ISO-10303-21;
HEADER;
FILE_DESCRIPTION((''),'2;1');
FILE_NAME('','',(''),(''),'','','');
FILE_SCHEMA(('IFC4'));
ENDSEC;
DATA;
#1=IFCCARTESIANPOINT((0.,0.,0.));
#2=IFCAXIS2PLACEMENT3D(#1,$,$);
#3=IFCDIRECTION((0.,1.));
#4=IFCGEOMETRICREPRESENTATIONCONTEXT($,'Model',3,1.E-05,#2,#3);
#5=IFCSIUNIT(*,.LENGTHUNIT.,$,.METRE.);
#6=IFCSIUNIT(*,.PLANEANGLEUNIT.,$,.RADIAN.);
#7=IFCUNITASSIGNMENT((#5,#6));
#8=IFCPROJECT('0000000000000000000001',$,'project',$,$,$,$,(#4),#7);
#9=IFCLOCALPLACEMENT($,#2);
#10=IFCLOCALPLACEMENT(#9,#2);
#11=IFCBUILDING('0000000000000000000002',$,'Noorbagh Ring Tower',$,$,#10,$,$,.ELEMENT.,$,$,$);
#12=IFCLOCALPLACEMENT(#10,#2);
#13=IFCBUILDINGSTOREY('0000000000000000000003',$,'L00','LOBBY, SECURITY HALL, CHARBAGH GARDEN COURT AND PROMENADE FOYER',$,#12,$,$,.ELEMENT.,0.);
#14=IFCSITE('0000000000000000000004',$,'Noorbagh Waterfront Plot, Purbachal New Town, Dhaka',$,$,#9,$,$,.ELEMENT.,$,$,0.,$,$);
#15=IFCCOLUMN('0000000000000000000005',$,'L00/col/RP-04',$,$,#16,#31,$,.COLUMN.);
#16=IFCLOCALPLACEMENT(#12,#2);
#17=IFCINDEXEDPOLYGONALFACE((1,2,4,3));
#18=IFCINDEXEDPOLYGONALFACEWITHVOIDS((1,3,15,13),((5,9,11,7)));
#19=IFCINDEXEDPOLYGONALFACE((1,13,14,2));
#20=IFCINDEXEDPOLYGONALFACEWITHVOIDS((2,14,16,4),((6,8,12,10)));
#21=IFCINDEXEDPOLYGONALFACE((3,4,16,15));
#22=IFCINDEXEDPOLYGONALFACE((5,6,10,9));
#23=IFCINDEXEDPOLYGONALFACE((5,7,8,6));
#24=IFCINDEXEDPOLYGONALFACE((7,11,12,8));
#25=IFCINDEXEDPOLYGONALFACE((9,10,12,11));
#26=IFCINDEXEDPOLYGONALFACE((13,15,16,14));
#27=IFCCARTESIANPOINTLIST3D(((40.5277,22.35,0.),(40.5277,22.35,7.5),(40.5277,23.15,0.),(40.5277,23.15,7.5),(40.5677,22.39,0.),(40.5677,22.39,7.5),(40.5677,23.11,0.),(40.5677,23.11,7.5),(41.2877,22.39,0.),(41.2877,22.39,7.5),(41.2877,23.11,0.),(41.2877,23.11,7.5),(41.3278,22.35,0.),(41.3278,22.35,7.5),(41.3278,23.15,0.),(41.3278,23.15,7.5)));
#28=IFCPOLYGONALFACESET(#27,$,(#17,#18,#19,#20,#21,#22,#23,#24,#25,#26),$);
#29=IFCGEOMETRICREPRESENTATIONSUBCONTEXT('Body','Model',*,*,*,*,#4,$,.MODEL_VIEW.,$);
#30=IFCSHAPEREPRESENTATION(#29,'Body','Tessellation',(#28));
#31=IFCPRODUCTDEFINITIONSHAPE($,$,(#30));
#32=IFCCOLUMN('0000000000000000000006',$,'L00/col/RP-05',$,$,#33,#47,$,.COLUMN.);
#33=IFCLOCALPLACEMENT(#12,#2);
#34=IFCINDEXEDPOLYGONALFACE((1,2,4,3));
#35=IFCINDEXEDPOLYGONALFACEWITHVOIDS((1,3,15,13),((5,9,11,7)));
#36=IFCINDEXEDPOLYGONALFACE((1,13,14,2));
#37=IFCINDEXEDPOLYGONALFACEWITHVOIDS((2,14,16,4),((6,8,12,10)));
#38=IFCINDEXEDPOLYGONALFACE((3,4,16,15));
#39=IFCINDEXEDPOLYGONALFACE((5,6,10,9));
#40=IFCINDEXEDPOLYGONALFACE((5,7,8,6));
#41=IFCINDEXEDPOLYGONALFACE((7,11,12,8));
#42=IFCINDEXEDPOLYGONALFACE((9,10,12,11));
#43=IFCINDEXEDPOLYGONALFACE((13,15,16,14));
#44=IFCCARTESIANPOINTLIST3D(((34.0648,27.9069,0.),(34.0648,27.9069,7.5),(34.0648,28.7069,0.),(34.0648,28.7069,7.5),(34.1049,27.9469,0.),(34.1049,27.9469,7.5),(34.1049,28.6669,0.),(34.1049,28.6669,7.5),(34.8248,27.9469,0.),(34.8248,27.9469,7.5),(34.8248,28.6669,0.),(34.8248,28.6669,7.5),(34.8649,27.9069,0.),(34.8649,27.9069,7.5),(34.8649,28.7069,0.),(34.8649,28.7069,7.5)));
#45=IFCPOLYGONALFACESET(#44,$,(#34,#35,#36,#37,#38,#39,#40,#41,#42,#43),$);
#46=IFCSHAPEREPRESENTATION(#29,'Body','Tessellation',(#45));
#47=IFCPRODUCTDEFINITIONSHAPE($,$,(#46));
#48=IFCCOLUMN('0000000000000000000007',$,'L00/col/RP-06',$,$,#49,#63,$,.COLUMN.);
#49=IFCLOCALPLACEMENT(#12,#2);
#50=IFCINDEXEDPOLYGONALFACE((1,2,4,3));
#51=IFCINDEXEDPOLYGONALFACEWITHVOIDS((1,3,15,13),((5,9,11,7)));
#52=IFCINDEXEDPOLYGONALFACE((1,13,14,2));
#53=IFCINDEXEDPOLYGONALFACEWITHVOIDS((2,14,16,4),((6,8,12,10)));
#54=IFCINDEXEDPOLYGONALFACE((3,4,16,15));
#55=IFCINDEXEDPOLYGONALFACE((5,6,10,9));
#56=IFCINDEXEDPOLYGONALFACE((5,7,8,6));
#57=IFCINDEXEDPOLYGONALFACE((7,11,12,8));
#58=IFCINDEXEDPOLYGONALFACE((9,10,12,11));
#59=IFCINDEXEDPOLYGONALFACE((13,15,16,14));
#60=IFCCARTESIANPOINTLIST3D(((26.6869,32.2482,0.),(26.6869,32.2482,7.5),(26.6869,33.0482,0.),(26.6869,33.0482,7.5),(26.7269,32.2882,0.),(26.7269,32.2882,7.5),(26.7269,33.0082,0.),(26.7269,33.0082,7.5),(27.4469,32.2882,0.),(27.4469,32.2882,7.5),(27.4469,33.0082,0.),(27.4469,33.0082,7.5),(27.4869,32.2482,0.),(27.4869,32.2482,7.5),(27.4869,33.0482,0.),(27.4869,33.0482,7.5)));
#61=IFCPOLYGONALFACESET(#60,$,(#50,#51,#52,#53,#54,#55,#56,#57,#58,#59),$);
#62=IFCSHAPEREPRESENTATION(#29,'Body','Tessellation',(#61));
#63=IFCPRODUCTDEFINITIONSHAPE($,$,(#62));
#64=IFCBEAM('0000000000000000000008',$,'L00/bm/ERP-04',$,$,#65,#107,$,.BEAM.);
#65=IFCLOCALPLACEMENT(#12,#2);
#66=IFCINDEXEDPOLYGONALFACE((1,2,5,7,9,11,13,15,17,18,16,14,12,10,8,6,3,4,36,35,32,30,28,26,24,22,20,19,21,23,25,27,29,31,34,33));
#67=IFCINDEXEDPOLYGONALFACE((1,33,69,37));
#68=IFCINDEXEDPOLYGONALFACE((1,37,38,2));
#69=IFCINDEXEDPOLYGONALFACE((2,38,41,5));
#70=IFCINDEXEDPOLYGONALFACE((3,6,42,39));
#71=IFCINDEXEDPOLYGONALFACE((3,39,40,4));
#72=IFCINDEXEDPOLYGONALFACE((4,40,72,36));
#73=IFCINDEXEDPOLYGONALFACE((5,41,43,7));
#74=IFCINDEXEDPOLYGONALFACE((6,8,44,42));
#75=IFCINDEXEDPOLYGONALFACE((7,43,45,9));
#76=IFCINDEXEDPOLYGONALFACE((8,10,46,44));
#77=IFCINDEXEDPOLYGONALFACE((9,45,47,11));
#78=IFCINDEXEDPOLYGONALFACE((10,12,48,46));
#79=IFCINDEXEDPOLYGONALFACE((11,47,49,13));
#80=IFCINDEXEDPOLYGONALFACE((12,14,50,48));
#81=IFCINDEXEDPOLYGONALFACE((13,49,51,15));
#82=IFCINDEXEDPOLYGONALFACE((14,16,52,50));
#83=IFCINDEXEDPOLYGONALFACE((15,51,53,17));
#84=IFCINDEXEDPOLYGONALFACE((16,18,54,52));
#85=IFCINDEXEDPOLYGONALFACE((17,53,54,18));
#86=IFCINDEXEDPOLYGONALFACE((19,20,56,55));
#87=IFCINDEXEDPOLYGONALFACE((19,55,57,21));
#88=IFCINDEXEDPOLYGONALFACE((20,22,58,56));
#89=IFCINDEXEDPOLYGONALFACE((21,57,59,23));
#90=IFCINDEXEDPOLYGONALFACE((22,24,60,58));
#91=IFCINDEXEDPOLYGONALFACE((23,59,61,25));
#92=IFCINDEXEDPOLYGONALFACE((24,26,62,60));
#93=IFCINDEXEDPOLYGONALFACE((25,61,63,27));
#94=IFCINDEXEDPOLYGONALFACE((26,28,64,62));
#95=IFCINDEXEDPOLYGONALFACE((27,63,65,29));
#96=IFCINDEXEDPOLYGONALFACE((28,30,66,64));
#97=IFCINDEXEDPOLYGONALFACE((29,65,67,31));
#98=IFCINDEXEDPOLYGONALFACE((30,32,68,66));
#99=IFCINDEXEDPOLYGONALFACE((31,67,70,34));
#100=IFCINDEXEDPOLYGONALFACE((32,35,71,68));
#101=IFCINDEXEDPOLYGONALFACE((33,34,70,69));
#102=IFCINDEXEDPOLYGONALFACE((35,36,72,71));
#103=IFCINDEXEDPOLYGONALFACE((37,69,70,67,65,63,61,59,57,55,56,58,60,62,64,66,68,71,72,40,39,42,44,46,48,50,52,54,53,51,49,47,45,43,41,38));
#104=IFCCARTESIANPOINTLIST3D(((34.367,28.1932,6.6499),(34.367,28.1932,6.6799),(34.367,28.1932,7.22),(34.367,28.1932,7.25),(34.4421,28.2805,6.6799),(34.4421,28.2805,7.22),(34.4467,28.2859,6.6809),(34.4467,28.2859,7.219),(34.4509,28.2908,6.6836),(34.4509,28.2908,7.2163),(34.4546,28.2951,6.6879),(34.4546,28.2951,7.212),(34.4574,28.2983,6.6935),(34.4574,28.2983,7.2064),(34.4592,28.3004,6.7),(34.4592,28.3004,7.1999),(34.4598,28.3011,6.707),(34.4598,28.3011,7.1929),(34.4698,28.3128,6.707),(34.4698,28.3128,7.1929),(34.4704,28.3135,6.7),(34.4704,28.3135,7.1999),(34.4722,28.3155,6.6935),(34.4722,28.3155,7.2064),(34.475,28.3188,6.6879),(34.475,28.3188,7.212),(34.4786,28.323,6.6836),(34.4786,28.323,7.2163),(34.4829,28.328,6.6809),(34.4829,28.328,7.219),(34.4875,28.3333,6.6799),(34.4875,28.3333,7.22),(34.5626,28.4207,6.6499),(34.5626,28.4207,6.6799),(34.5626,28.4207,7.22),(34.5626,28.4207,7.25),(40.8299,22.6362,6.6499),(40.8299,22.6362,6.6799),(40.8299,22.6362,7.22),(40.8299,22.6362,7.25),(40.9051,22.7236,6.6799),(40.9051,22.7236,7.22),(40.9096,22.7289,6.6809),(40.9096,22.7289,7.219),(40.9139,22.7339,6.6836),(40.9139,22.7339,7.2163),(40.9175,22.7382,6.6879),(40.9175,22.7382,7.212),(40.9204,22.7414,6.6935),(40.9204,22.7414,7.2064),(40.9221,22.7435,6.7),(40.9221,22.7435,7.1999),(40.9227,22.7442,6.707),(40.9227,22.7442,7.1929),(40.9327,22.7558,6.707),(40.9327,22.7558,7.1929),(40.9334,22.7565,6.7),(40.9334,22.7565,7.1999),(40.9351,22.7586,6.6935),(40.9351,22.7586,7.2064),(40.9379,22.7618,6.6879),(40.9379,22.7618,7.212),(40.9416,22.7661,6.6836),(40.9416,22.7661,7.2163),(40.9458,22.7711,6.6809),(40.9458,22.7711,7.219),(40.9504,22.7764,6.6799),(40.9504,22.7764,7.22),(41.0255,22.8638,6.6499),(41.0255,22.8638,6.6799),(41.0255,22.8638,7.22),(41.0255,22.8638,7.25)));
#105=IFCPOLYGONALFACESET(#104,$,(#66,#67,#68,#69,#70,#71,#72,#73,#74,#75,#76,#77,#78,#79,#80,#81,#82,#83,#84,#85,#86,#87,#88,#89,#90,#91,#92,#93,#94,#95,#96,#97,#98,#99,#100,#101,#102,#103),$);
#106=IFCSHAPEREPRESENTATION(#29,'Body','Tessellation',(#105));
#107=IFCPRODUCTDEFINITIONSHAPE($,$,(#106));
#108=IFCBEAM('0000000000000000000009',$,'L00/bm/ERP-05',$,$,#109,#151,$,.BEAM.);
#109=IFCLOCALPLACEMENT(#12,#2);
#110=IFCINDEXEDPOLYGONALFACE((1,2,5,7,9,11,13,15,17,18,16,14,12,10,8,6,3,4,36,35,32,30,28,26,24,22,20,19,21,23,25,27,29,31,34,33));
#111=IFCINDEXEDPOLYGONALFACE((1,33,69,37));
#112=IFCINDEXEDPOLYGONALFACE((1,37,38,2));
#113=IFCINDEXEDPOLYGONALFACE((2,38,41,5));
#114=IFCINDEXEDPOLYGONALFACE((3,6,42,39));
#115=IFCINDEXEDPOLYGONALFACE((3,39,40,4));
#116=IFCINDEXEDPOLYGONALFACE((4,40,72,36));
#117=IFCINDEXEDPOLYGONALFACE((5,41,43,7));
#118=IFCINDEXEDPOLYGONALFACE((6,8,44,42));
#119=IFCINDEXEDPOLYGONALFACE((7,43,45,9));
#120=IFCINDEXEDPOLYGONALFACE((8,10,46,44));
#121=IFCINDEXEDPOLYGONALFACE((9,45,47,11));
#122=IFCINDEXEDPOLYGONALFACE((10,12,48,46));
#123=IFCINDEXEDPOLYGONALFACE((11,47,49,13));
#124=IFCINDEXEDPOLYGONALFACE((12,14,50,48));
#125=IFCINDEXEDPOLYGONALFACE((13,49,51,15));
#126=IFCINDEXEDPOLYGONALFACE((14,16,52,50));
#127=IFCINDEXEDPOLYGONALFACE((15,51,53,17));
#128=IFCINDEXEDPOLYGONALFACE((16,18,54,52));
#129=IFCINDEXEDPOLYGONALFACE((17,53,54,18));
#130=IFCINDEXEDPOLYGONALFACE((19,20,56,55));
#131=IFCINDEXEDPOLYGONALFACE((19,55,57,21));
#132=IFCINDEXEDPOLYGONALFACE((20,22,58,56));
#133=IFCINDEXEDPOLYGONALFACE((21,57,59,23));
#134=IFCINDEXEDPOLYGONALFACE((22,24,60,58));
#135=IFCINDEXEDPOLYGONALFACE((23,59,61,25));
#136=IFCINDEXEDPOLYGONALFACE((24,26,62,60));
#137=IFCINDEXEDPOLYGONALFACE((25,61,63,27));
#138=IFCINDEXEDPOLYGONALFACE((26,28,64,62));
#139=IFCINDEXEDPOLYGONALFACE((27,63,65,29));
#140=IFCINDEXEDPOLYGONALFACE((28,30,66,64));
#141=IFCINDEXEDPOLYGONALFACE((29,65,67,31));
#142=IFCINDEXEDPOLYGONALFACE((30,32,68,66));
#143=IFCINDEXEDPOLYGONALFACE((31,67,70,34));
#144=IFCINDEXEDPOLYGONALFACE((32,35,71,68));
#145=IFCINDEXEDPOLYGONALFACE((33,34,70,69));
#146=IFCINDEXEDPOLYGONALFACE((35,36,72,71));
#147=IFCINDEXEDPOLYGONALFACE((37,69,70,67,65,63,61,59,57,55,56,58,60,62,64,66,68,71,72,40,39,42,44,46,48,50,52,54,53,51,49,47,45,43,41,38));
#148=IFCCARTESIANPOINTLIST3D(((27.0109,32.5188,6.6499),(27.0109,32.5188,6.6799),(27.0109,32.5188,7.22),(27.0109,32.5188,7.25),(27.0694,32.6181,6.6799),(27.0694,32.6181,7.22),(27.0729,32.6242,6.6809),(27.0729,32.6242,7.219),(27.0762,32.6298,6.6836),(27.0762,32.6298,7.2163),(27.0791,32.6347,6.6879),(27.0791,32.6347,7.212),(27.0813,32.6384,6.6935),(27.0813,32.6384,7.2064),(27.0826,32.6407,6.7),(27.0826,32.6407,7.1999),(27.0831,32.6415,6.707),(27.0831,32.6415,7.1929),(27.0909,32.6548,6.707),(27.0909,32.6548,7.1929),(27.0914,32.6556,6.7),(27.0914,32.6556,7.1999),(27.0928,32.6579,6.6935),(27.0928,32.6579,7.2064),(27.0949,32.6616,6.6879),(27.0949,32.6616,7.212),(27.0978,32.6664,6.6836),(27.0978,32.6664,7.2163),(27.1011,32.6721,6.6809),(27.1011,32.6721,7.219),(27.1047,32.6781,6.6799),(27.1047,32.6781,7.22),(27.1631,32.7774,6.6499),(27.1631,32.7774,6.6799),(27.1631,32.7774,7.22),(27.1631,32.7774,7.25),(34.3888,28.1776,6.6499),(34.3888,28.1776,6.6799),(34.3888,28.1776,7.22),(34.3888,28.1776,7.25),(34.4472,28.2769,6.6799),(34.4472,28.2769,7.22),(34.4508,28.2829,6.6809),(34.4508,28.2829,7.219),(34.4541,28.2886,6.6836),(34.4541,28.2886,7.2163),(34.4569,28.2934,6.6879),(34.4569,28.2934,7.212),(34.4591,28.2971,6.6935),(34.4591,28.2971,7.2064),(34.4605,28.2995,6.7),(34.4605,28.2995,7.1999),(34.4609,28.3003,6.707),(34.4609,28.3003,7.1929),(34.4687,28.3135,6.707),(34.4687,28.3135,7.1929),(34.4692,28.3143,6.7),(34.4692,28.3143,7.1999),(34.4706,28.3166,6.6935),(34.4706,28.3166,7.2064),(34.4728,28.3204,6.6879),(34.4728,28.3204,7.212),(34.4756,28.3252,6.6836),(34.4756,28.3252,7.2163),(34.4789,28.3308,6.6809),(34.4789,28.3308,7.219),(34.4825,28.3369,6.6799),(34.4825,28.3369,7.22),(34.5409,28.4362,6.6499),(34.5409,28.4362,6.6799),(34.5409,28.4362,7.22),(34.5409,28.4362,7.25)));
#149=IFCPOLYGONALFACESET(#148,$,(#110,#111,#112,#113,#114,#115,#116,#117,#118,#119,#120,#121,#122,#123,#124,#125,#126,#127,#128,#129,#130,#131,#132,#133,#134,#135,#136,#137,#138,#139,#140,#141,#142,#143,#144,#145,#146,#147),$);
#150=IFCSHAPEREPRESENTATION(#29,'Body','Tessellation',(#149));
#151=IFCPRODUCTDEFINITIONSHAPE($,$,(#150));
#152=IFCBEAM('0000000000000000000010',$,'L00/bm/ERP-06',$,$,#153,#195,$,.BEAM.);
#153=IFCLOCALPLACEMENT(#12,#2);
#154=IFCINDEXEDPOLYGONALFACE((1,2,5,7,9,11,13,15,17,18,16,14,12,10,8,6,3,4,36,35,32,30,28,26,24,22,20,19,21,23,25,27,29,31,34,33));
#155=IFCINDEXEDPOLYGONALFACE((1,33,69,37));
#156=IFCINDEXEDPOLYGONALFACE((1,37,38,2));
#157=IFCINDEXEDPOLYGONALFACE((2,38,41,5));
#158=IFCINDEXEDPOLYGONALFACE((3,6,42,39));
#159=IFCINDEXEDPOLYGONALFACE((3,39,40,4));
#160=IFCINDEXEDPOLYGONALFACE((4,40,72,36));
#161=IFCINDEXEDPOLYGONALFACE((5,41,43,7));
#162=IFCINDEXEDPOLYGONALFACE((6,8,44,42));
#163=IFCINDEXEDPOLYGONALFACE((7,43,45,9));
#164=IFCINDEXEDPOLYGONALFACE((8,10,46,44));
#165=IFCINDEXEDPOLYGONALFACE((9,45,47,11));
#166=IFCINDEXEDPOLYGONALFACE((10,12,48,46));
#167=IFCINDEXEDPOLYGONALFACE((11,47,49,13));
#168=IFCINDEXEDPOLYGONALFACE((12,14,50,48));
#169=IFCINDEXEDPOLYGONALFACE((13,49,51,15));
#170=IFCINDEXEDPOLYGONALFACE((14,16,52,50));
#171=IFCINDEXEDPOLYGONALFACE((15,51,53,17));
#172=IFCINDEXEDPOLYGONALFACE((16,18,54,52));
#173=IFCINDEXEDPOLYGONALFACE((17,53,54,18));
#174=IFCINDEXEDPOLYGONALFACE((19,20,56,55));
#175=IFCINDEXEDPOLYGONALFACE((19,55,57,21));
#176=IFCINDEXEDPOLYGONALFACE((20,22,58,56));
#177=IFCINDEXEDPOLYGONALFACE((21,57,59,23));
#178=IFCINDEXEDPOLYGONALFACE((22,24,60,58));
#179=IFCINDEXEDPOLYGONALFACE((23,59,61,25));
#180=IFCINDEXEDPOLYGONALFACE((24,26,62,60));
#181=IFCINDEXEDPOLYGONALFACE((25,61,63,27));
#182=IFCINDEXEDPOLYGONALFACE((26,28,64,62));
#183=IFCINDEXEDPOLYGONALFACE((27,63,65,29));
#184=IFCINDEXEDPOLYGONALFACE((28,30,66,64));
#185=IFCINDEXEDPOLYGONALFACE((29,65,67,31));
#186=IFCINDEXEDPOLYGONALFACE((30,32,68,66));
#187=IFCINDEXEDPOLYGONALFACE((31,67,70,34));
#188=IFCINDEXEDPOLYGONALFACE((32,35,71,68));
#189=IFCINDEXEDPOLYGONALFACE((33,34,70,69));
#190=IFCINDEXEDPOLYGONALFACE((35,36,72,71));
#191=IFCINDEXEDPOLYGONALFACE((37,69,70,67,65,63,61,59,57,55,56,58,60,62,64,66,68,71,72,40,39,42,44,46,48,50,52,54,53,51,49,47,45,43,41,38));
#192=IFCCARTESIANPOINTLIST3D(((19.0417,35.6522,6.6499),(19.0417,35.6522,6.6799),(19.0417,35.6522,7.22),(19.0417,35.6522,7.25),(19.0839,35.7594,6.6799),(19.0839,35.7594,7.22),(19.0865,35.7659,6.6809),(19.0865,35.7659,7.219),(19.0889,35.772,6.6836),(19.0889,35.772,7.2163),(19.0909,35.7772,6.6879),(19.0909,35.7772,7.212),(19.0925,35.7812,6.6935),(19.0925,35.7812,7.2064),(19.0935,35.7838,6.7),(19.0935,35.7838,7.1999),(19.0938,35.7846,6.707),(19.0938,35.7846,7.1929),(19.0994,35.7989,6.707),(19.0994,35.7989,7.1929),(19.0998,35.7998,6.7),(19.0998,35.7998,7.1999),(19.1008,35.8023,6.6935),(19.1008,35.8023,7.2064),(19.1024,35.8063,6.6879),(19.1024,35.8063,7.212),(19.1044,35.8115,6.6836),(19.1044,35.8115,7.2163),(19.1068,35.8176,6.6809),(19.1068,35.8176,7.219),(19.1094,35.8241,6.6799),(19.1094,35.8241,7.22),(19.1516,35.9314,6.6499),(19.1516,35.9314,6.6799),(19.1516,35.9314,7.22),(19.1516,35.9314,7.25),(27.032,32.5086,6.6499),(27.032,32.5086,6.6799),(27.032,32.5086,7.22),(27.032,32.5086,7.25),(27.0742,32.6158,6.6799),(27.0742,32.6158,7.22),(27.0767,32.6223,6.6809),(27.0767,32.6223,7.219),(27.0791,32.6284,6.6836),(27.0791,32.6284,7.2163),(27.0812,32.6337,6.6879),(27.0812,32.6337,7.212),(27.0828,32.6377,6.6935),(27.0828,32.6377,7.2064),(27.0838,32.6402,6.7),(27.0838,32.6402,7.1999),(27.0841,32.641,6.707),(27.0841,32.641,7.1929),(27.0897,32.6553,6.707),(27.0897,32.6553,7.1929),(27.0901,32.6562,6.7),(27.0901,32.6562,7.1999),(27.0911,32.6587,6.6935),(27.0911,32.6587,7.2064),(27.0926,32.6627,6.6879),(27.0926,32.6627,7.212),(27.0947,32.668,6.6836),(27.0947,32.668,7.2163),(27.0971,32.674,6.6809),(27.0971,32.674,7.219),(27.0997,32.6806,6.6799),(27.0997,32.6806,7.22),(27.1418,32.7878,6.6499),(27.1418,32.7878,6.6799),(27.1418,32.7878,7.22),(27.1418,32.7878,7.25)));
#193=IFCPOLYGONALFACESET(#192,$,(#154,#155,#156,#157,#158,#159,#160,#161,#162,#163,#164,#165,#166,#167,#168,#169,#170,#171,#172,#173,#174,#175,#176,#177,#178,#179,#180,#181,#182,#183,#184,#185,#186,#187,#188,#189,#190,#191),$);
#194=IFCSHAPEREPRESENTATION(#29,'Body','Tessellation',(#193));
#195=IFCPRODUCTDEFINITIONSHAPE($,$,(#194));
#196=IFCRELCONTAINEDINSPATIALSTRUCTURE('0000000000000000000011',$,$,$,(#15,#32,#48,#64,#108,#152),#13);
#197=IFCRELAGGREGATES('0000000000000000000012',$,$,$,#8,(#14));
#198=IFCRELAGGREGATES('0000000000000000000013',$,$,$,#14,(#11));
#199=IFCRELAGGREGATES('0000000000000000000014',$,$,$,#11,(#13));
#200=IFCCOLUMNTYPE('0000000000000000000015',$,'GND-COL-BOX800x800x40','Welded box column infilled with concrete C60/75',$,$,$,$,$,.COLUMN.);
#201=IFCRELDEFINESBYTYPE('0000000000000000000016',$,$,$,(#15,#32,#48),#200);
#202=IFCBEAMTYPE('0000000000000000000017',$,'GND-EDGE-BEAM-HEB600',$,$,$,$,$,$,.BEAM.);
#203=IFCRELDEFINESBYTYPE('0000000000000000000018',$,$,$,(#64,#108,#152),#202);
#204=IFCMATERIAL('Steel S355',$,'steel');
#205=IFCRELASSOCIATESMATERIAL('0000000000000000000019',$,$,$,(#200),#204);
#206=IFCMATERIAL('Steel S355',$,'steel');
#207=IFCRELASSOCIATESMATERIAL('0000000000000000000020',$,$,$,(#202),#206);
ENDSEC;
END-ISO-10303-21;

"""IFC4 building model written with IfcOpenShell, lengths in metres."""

from ifc_helpers import new_model, si_unit, direction, frame, origin, origin_2d, place, context, subcontext, project, spatial, hollow_rectangle, i_section, extrude, material, material_profile, profile_set, type_object, element, save


model = new_model("IFC4")

# Units and contexts
model_context = context("Model", 3, precision=1e-05, world=origin(), true_north=direction((0.0, 1.0)))
body_context = subcontext(model_context, "Body", "Model", "MODEL_VIEW")
ifc_project = project(units=[si_unit("LENGTHUNIT", "METRE"), si_unit("PLANEANGLEUNIT", "RADIAN")], contexts=[model_context])

# Site, building, storey
site_placement = place(None, origin())
site = spatial("IfcSite", under=ifc_project, at=site_placement, Name="Noorbagh Waterfront Plot, Purbachal New Town, Dhaka", CompositionType="ELEMENT", RefElevation=0.0)
building_placement = place(site_placement, origin())
building = spatial("IfcBuilding", under=site, at=building_placement, Name="Noorbagh Ring Tower", CompositionType="ELEMENT")
storey_placement = place(building_placement, origin())
storey = spatial("IfcBuildingStorey", under=building, at=storey_placement, Name="L00", Description="LOBBY, SECURITY HALL, CHARBAGH GARDEN COURT AND PROMENADE FOYER", CompositionType="ELEMENT", Elevation=0.0)

# Columns
ifc_material_1 = material(Name="Steel S355", Category="steel")
ifc_material_profile_1 = material_profile(ifc_material_1, hollow_rectangle(XDim=0.8, YDim=0.8, WallThickness=0.04, at=origin_2d()), Name="BOX800x800x40")
ifc_profile_set_1 = profile_set([ifc_material_profile_1], Name="Steel S355")
column_type = type_object("IfcColumnType", Name="GND-COL-BOX800x800x40", Description="Welded box column infilled with concrete C60/75", PredefinedType="COLUMN", material=ifc_profile_set_1)
for number, where, z_axis, x_axis, name in (
    (1, (40.9277, 22.75, 0.0), (0.0, 0.0, 1.0), (1.0, 0.0, 0.0), "L00/col/RP-04"),
    (2, (34.4648, 28.3069, 0.0), (0.0, 0.0, 1.0), (1.0, 0.0, 0.0), "L00/col/RP-05"),
    (3, (27.0869, 32.6482, 0.0), (0.0, 0.0, 1.0), (1.0, 0.0, 0.0), "L00/col/RP-06"),
):
    element("IfcColumn", number, at=place(storey_placement, frame(where, z_axis=z_axis, x_axis=x_axis)), inside=storey, type_object=column_type, Name=name, PredefinedType="COLUMN", context=body_context, shape_type="SweptSolid", body=[
        extrude(hollow_rectangle(XDim=0.8, YDim=0.8, WallThickness=0.04, at=origin_2d()), origin(), (0.0, 0.0, 1.0), 7.5),
    ])

# Beams
ifc_material_2 = material(Name="Steel S355", Category="steel")
ifc_material_profile_2 = material_profile(ifc_material_2, i_section(OverallWidth=0.3, OverallDepth=0.6001, WebThickness=0.0154, FlangeThickness=0.03, FilletRadius=0.0271, at=origin_2d()), Name="HEB600")
ifc_profile_set_2 = profile_set([ifc_material_profile_2], Name="Steel S355")
beam_type_1 = type_object("IfcBeamType", Name="GND-EDGE-BEAM-HEB600", PredefinedType="BEAM", material=ifc_profile_set_2)
beam_1_placement = place(storey_placement, frame((40.9277, 22.75, 6.95), z_axis=(-0.758255, 0.651958, 0.0), x_axis=(-0.651958, -0.758255, 0.0)))
element("IfcBeam", 4, at=beam_1_placement, inside=storey, type_object=beam_type_1, Name="L00/bm/ERP-04", PredefinedType="BEAM", context=body_context, shape_type="SweptSolid", body=[
    extrude(i_section(OverallWidth=0.3, OverallDepth=0.6001, WebThickness=0.0154, FlangeThickness=0.03, FilletRadius=0.0271, at=origin_2d()), origin(), (0.0, 0.0, 1.0), 8.5234),
])
beam_2_placement = place(storey_placement, frame((34.4648, 28.3069, 6.95), z_axis=(-0.861865, 0.507137, 0.0), x_axis=(-0.507137, -0.861865, 0.0)))
element("IfcBeam", 5, at=beam_2_placement, inside=storey, type_object=beam_type_1, Name="L00/bm/ERP-05", PredefinedType="BEAM", context=body_context, shape_type="SweptSolid", body=[
    extrude(i_section(OverallWidth=0.3, OverallDepth=0.6001, WebThickness=0.0154, FlangeThickness=0.03, FilletRadius=0.0271, at=origin_2d()), origin(), (0.0, 0.0, 1.0), 8.5603),
])
beam_3_placement = place(storey_placement, frame((27.0869, 32.6482, 6.95), z_axis=(-0.930572, 0.36611, 0.0), x_axis=(-0.36611, -0.930572, 0.0)))
element("IfcBeam", 6, at=beam_3_placement, inside=storey, type_object=beam_type_1, Name="L00/bm/ERP-06", PredefinedType="BEAM", context=body_context, shape_type="SweptSolid", body=[
    extrude(i_section(OverallWidth=0.3, OverallDepth=0.6001, WebThickness=0.0154, FlangeThickness=0.03, FilletRadius=0.0271, at=origin_2d()), origin(), (0.0, 0.0, 1.0), 8.5864),
])

save(model, "model.ifc")
